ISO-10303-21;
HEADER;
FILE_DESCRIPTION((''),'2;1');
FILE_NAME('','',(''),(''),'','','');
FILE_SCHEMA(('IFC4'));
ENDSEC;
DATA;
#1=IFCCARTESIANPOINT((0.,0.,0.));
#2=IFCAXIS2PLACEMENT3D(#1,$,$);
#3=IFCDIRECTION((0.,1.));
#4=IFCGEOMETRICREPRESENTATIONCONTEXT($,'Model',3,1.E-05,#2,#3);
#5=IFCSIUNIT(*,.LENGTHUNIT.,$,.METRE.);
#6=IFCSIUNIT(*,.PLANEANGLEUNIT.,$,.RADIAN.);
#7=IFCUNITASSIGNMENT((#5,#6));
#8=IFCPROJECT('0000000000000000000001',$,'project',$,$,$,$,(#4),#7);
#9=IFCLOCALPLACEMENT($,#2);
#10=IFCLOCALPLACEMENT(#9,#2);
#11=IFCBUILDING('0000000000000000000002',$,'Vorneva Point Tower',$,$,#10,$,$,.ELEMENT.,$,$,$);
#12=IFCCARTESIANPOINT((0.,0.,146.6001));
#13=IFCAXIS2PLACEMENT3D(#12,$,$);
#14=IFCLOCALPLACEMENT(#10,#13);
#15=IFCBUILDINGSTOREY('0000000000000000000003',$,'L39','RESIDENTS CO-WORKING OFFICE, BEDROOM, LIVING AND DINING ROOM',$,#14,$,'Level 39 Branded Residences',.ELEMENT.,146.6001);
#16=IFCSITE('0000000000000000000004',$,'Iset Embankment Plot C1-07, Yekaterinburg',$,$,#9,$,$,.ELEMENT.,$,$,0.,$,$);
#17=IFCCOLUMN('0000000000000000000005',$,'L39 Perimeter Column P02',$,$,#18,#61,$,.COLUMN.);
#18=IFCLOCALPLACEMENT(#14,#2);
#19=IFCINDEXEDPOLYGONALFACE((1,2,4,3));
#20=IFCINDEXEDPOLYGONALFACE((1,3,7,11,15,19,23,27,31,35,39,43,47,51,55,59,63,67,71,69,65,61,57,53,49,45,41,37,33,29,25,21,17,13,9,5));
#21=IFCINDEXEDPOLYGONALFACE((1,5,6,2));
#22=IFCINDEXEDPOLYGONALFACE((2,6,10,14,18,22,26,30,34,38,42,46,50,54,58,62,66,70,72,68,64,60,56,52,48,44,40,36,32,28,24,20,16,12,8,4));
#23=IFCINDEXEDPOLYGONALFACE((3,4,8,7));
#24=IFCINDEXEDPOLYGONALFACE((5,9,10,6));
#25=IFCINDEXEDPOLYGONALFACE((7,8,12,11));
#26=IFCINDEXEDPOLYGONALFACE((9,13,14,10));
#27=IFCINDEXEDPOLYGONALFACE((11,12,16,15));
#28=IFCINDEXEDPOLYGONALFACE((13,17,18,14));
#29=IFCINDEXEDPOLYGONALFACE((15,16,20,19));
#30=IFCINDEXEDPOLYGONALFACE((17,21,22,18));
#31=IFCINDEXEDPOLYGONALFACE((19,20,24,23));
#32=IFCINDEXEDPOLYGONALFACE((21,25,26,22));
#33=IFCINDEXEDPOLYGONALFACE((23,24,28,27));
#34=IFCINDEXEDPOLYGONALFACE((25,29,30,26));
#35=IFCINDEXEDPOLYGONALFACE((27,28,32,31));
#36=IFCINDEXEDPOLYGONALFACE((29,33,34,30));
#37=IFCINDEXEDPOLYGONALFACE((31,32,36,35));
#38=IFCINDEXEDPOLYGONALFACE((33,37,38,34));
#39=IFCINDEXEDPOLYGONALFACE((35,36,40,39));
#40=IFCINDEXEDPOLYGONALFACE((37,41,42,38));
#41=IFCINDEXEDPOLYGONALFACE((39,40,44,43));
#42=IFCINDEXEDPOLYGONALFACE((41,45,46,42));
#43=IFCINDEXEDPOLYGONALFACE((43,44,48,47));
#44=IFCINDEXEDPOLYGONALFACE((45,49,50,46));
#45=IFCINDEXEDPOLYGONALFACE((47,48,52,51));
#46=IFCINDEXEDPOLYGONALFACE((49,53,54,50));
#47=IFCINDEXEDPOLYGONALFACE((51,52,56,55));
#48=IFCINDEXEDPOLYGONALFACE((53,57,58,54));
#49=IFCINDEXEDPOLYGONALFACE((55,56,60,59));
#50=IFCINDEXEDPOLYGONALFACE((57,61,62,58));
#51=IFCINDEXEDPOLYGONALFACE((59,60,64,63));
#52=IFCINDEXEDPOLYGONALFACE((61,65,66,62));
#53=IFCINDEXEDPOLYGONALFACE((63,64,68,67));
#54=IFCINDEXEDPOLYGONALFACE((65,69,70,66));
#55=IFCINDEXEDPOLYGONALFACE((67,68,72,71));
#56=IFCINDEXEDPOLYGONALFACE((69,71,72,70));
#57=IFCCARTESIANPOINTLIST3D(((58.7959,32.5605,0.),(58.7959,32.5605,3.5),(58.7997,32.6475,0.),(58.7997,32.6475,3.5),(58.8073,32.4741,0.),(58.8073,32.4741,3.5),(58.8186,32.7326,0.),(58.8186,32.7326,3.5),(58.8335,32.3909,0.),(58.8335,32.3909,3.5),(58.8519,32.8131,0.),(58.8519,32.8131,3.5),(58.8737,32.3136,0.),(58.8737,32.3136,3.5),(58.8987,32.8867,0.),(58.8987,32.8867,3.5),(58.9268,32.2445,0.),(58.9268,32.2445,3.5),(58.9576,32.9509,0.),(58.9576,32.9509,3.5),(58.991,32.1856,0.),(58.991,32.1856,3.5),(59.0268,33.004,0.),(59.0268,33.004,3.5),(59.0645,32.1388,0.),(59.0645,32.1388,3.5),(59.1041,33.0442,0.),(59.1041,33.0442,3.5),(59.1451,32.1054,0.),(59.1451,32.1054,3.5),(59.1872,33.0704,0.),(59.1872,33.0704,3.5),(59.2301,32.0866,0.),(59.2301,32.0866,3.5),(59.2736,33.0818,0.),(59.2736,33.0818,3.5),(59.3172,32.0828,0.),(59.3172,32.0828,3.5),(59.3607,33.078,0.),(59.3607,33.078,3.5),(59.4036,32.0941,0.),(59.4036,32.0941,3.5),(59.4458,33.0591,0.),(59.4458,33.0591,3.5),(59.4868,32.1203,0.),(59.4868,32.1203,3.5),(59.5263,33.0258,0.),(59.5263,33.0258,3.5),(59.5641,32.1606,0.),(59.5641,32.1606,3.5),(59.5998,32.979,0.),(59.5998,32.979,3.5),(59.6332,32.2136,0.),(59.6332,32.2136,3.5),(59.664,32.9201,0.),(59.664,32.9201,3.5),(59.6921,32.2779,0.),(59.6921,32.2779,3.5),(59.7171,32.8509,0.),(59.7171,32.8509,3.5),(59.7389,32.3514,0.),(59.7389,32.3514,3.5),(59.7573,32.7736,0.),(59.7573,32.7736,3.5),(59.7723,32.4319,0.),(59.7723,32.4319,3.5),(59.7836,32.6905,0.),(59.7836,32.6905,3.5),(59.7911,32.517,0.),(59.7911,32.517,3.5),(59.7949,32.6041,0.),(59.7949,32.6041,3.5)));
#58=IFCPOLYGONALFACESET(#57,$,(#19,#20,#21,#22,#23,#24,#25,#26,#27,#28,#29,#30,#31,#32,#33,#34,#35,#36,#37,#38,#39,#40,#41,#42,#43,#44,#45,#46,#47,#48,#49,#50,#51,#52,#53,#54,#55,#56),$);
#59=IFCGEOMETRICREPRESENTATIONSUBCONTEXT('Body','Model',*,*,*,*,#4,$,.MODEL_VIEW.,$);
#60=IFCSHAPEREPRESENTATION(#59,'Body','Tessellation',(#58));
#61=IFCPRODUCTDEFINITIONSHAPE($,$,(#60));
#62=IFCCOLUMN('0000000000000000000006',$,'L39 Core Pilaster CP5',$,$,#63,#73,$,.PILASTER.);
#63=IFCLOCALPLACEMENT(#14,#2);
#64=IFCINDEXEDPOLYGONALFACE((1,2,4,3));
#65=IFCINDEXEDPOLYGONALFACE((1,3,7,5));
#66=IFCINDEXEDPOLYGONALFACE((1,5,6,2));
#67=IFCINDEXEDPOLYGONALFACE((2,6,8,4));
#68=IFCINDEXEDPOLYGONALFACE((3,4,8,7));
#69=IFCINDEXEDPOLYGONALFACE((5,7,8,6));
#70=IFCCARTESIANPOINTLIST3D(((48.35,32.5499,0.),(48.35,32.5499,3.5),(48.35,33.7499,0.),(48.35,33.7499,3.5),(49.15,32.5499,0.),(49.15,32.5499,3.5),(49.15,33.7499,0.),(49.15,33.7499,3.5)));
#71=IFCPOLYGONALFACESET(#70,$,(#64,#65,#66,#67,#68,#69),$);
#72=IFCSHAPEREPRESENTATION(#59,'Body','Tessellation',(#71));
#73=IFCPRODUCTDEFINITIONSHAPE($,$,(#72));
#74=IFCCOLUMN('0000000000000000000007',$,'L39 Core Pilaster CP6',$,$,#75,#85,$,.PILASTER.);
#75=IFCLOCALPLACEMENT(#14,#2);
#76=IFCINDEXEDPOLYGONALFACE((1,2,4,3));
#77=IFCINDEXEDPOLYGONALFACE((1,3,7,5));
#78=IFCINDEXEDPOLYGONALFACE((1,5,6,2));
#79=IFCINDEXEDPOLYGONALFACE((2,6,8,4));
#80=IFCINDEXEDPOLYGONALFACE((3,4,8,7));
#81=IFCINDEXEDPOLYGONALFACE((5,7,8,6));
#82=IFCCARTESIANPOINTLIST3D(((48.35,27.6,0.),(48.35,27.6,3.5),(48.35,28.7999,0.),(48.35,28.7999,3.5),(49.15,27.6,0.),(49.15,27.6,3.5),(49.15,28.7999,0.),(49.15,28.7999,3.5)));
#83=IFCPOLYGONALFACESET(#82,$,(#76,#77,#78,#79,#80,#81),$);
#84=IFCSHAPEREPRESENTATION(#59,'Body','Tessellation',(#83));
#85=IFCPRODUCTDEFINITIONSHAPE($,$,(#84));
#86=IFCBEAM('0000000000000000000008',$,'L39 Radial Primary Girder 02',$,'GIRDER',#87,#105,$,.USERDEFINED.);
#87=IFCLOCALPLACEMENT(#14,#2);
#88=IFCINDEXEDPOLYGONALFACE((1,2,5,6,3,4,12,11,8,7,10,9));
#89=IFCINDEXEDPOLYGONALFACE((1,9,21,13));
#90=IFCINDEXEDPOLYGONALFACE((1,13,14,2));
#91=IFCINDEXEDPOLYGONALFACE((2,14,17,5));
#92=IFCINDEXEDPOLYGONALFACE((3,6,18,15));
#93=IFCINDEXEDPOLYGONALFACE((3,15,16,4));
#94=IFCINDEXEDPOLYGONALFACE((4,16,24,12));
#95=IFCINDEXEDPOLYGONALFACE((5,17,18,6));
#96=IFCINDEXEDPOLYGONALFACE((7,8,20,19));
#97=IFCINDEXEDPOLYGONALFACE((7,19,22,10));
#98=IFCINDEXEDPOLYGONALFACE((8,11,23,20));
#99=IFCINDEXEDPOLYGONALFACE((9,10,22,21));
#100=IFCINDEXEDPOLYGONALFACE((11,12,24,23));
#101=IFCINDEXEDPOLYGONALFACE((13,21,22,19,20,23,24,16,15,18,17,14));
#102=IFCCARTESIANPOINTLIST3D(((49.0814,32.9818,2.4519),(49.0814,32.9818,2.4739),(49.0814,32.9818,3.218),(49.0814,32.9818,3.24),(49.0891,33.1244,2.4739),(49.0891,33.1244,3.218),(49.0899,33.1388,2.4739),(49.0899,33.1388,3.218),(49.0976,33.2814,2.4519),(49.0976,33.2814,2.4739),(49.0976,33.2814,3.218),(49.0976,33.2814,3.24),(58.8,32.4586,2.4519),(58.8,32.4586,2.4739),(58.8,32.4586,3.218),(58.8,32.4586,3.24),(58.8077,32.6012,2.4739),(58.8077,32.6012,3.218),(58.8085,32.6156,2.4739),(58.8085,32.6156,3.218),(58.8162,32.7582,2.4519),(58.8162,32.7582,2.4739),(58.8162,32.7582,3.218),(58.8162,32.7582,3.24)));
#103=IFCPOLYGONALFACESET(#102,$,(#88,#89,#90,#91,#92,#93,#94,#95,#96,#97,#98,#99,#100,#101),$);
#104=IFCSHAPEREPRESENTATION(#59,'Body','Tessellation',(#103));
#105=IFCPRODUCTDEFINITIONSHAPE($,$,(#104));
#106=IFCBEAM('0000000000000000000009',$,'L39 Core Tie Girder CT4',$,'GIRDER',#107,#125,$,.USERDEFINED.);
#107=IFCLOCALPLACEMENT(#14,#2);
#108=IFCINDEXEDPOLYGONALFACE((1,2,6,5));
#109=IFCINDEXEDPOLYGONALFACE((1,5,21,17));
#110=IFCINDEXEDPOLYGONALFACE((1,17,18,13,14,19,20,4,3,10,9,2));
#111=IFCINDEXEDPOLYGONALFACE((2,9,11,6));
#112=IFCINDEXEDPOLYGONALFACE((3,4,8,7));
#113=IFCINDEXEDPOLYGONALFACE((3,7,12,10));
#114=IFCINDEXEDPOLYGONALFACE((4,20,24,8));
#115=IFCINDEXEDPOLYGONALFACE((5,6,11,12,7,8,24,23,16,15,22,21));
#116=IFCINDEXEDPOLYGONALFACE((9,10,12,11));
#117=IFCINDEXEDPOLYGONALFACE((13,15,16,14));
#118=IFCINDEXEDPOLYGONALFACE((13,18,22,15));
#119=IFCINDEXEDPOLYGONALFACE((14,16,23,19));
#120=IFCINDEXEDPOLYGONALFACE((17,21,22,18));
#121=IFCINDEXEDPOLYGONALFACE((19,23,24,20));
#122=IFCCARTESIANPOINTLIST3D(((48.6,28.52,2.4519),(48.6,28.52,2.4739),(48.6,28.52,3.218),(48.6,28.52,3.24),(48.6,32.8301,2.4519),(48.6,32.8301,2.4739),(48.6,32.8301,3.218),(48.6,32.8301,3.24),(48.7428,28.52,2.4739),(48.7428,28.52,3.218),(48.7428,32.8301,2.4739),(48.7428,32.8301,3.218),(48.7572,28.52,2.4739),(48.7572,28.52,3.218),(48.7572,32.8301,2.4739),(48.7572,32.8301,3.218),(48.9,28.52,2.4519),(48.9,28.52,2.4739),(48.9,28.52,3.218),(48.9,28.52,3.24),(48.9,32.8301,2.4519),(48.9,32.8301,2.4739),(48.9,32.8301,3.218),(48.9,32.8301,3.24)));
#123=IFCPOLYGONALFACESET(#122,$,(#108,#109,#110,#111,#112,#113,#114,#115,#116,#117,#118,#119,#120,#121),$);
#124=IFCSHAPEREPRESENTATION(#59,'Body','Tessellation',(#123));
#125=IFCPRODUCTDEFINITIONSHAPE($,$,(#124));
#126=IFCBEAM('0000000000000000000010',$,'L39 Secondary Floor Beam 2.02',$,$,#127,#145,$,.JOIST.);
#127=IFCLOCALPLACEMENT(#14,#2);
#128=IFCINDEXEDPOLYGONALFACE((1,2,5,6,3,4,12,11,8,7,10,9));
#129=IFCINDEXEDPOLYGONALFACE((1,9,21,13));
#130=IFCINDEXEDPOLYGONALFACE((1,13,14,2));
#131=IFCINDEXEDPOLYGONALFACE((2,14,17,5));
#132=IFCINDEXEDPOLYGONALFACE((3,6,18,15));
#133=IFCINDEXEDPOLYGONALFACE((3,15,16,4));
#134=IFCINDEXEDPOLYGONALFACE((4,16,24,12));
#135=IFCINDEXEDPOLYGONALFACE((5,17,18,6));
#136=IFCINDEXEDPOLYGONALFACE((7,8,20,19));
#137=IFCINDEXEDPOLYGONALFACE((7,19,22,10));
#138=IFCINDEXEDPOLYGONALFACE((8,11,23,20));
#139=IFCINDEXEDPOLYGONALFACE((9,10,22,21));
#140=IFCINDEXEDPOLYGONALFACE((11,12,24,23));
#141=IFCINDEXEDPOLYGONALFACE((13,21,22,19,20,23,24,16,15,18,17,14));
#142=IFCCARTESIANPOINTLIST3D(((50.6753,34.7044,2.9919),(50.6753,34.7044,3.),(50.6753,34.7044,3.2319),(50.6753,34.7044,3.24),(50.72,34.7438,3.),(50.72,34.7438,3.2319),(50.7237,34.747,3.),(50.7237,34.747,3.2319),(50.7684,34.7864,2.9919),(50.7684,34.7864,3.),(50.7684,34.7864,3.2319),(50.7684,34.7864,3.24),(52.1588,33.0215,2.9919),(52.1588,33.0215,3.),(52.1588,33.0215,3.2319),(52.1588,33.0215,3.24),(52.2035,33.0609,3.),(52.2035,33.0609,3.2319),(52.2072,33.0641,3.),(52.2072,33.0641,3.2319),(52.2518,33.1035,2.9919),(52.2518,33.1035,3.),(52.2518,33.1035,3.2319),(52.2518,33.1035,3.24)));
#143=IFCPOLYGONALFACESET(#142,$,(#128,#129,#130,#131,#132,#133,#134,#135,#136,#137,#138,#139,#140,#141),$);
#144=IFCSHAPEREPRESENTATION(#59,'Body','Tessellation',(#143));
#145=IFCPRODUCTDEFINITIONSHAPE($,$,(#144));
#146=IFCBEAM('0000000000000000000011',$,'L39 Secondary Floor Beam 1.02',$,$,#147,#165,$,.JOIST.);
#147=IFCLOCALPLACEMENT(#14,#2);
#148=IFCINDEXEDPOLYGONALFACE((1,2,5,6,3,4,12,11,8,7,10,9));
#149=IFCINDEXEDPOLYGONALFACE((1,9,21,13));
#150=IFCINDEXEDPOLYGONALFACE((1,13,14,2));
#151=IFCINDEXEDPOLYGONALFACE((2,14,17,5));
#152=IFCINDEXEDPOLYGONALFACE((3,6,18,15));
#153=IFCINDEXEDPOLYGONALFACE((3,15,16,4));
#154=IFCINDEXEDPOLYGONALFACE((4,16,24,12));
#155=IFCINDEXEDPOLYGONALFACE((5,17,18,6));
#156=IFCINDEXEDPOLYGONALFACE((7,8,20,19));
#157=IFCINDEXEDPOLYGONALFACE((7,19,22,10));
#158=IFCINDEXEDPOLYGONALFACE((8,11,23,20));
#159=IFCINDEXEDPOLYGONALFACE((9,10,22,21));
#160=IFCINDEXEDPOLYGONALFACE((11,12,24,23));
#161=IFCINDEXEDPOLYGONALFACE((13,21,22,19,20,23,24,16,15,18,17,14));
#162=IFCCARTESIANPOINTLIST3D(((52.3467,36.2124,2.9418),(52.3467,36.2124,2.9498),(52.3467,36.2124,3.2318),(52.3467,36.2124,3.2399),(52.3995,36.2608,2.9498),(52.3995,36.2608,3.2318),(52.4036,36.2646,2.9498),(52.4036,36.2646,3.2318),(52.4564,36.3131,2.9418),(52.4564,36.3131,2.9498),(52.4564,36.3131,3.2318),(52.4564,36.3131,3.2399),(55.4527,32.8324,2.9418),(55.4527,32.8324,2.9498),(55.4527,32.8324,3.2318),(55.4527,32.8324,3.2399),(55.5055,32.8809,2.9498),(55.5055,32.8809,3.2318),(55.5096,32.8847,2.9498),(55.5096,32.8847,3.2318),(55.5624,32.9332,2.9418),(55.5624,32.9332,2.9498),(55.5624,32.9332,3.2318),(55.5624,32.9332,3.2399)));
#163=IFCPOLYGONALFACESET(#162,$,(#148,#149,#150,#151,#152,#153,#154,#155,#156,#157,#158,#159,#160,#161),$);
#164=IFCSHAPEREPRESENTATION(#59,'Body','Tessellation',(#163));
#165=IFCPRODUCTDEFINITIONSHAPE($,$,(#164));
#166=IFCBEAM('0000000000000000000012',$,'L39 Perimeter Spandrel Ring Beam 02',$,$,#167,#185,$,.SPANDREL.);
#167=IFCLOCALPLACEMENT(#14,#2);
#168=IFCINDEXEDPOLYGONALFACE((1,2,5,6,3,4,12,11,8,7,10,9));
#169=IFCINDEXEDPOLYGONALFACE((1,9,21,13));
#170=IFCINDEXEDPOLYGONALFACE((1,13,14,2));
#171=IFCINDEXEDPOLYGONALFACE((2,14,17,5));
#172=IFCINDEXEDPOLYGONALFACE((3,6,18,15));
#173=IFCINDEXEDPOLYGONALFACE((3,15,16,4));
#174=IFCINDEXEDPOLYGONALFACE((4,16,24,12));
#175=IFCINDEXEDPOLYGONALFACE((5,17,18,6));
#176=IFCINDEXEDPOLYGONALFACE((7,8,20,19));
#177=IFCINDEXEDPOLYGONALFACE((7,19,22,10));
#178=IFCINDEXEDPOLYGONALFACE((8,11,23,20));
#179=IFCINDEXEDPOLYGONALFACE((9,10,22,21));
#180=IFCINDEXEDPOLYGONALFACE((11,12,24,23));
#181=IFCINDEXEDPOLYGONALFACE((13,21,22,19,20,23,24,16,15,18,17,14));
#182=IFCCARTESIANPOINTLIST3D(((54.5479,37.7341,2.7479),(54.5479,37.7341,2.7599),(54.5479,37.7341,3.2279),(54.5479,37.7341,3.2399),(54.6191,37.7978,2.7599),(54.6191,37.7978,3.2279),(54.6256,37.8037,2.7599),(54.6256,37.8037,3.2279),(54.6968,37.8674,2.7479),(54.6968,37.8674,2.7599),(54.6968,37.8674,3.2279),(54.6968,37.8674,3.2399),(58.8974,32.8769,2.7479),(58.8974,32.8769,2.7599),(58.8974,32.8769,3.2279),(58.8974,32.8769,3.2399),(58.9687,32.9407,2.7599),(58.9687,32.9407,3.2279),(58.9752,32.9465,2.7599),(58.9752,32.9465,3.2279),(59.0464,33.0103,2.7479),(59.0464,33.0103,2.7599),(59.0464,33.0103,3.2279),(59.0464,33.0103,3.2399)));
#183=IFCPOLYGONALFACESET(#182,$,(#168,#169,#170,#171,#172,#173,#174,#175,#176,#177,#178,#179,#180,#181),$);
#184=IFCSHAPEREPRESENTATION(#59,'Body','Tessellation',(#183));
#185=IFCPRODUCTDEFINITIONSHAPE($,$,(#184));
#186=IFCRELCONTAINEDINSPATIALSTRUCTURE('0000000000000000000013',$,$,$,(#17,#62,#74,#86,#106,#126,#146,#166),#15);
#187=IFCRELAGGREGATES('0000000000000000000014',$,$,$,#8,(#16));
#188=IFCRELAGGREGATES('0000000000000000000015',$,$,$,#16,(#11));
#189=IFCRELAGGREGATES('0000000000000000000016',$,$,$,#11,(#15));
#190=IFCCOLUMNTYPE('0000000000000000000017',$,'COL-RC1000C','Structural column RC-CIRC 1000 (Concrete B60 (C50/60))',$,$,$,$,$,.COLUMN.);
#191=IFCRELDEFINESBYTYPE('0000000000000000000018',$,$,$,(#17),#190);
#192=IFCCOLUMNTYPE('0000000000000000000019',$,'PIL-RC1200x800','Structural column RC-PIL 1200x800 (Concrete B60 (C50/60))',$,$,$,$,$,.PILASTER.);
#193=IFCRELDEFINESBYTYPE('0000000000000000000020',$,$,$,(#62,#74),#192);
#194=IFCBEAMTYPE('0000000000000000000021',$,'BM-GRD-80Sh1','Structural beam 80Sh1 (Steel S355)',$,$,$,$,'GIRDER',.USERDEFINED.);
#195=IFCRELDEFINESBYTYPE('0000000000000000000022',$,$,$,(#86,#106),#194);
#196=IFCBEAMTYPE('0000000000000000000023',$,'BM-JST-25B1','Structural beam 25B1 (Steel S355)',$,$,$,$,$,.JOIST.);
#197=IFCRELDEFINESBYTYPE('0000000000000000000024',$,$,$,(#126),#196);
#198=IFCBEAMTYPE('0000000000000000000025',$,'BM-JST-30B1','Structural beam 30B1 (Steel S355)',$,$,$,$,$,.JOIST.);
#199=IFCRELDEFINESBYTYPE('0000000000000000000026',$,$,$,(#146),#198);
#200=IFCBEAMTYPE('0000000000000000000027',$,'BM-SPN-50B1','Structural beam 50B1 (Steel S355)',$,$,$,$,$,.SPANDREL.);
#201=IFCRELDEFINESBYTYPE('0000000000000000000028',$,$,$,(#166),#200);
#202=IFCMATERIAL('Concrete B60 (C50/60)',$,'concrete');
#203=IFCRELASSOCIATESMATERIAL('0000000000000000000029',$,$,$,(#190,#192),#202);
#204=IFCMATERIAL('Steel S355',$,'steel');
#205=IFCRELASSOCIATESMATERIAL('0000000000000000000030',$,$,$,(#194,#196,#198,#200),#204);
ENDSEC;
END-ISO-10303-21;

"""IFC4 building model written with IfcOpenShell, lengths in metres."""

from ifc_helpers import new_model, si_unit, direction, frame, origin, origin_2d, place, context, subcontext, project, spatial, rectangle, circle, i_section, extrude, material, material_profile, profile_set, type_object, element, save


model = new_model("IFC4")

# Units and contexts
model_context = context("Model", 3, precision=1e-05, world=origin(), true_north=direction((0.0, 1.0)))
body_context = subcontext(model_context, "Body", "Model", "MODEL_VIEW")
ifc_project = project(units=[si_unit("LENGTHUNIT", "METRE"), si_unit("PLANEANGLEUNIT", "RADIAN")], contexts=[model_context])

# Site, building, storey
site_placement = place(None, origin())
site = spatial("IfcSite", under=ifc_project, at=site_placement, Name="Iset Embankment Plot C1-07, Yekaterinburg", CompositionType="ELEMENT", RefElevation=0.0)
building_placement = place(site_placement, origin())
building = spatial("IfcBuilding", under=site, at=building_placement, Name="Vorneva Point Tower", CompositionType="ELEMENT")
storey_placement = place(building_placement, frame((0.0, 0.0, 146.6001)))
storey = spatial("IfcBuildingStorey", under=building, at=storey_placement, Name="L39", Description="RESIDENTS CO-WORKING OFFICE, BEDROOM, LIVING AND DINING ROOM", LongName="Level 39 Branded Residences", CompositionType="ELEMENT", Elevation=146.6001)

# Columns
ifc_material_1 = material(Name="Concrete B60 (C50/60)", Category="concrete")
ifc_material_profile_1 = material_profile(ifc_material_1, circle(Radius=0.5, at=origin_2d()), Name="RC-CIRC 1000")
ifc_profile_set_1 = profile_set([ifc_material_profile_1], Name="Concrete B60 (C50/60)")
column_type_1 = type_object("IfcColumnType", Name="COL-RC1000C", Description="Structural column RC-CIRC 1000 (Concrete B60 (C50/60))", PredefinedType="COLUMN", material=ifc_profile_set_1)
column_placement = place(storey_placement, frame((59.2954, 32.5823, 0.0), z_axis=(0.0, 0.0, 1.0), x_axis=(0.92388, 0.382683, 0.0)))
element("IfcColumn", 1, at=column_placement, inside=storey, type_object=column_type_1, Name="L39 Perimeter Column P02", PredefinedType="COLUMN", context=body_context, shape_type="SweptSolid", body=[
    extrude(circle(Radius=0.5, at=origin_2d()), origin(), (0.0, 0.0, 1.0), 3.5),
])
ifc_material_profile_2 = material_profile(ifc_material_1, rectangle(XDim=0.8, YDim=1.2, at=origin_2d()), Name="RC-PIL 1200x800")
ifc_profile_set_2 = profile_set([ifc_material_profile_2], Name="Concrete B60 (C50/60)")
column_type_2 = type_object("IfcColumnType", Name="PIL-RC1200x800", Description="Structural column RC-PIL 1200x800 (Concrete B60 (C50/60))", PredefinedType="PILASTER", material=ifc_profile_set_2)
for number, where, z_axis, x_axis, name in (
    (2, (48.75, 33.1499, 0.0), (0.0, 0.0, 1.0), (1.0, 0.0, 0.0), "L39 Core Pilaster CP5"),
    (3, (48.75, 28.2, 0.0), (0.0, 0.0, 1.0), (1.0, 0.0, 0.0), "L39 Core Pilaster CP6"),
):
    element("IfcColumn", number, at=place(storey_placement, frame(where, z_axis=z_axis, x_axis=x_axis)), inside=storey, type_object=column_type_2, Name=name, PredefinedType="PILASTER", context=body_context, shape_type="SweptSolid", body=[
        extrude(rectangle(XDim=0.8, YDim=1.2, at=origin_2d()), origin(), (0.0, 0.0, 1.0), 3.5),
    ])

# Beams
ifc_material_2 = material(Name="Steel S355", Category="steel")
ifc_material_profile_3 = material_profile(ifc_material_2, i_section(OverallWidth=0.3, OverallDepth=0.7881, WebThickness=0.0144, FlangeThickness=0.022, at=origin_2d()), Name="80Sh1")
ifc_profile_set_3 = profile_set([ifc_material_profile_3], Name="Steel S355")
beam_type_1 = type_object("IfcBeamType", Name="BM-GRD-80Sh1", Description="Structural beam 80Sh1 (Steel S355)", ElementType="GIRDER", PredefinedType="USERDEFINED", material=ifc_profile_set_3)
beam_1_placement = place(storey_placement, frame((58.8081, 32.6084, 2.8459), z_axis=(-0.998554, 0.053757, 0.0), x_axis=(-0.053757, -0.998554, 0.0)))
element("IfcBeam", 4, at=beam_1_placement, inside=storey, type_object=beam_type_1, Name="L39 Radial Primary Girder 02", ObjectType="GIRDER", PredefinedType="USERDEFINED", context=body_context, shape_type="SweptSolid", body=[
    extrude(i_section(OverallWidth=0.3, OverallDepth=0.7881, WebThickness=0.0144, FlangeThickness=0.022, at=origin_2d()), origin(), (0.0, 0.0, 1.0), 9.7327),
])
beam_2_placement = place(storey_placement, frame((48.75, 28.52, 2.8459), z_axis=(0.0, 1.0, 0.0), x_axis=(-1.0, 0.0, 0.0)))
element("IfcBeam", 5, at=beam_2_placement, inside=storey, type_object=beam_type_1, Name="L39 Core Tie Girder CT4", ObjectType="GIRDER", PredefinedType="USERDEFINED", context=body_context, shape_type="SweptSolid", body=[
    extrude(i_section(OverallWidth=0.3, OverallDepth=0.7881, WebThickness=0.0144, FlangeThickness=0.022, at=origin_2d()), origin(), (0.0, 0.0, 1.0), 4.3101),
])
ifc_material_profile_4 = material_profile(ifc_material_2, i_section(OverallWidth=0.124, OverallDepth=0.248, WebThickness=0.0049, FlangeThickness=0.0081, at=origin_2d()), Name="25B1")
ifc_profile_set_4 = profile_set([ifc_material_profile_4], Name="Steel S355")
beam_type_2 = type_object("IfcBeamType", Name="BM-JST-25B1", Description="Structural beam 25B1 (Steel S355)", PredefinedType="JOIST", material=ifc_profile_set_4)
beam_3_placement = place(storey_placement, frame((52.2053, 33.0625, 3.116), z_axis=(-0.661251, 0.750165, 0.0), x_axis=(-0.750165, -0.661251, 0.0)))
element("IfcBeam", 6, at=beam_3_placement, inside=storey, type_object=beam_type_2, Name="L39 Secondary Floor Beam 2.02", PredefinedType="JOIST", context=body_context, shape_type="SweptSolid", body=[
    extrude(i_section(OverallWidth=0.124, OverallDepth=0.248, WebThickness=0.0049, FlangeThickness=0.0081, at=origin_2d()), origin(), (0.0, 0.0, 1.0), 2.2434),
])
ifc_material_profile_5 = material_profile(ifc_material_2, i_section(OverallWidth=0.1489, OverallDepth=0.2981, WebThickness=0.0056, FlangeThickness=0.0081, at=origin_2d()), Name="30B1")
ifc_profile_set_5 = profile_set([ifc_material_profile_5], Name="Steel S355")
beam_type_3 = type_object("IfcBeamType", Name="BM-JST-30B1", Description="Structural beam 30B1 (Steel S355)", PredefinedType="JOIST", material=ifc_profile_set_5)
beam_4_placement = place(storey_placement, frame((55.5076, 32.8828, 3.0908), z_axis=(-0.676639, 0.736315, 0.0), x_axis=(-0.736315, -0.676639, 0.0)))
element("IfcBeam", 7, at=beam_4_placement, inside=storey, type_object=beam_type_3, Name="L39 Secondary Floor Beam 1.02", PredefinedType="JOIST", context=body_context, shape_type="SweptSolid", body=[
    extrude(i_section(OverallWidth=0.1489, OverallDepth=0.2981, WebThickness=0.0056, FlangeThickness=0.0081, at=origin_2d()), origin(), (0.0, 0.0, 1.0), 4.5903),
])
ifc_material_profile_6 = material_profile(ifc_material_2, i_section(OverallWidth=0.2, OverallDepth=0.4919, WebThickness=0.0088, FlangeThickness=0.012, at=origin_2d()), Name="50B1")
ifc_profile_set_6 = profile_set([ifc_material_profile_6], Name="Steel S355")
beam_type_4 = type_object("IfcBeamType", Name="BM-SPN-50B1", Description="Structural beam 50B1 (Steel S355)", PredefinedType="SPANDREL", material=ifc_profile_set_6)
beam_5_placement = place(storey_placement, frame((58.9719, 32.9436, 2.9939), z_axis=(-0.667111, 0.744958, 0.0), x_axis=(-0.744958, -0.667111, 0.0)))
element("IfcBeam", 8, at=beam_5_placement, inside=storey, type_object=beam_type_4, Name="L39 Perimeter Spandrel Ring Beam 02", PredefinedType="SPANDREL", context=body_context, shape_type="SweptSolid", body=[
    extrude(i_section(OverallWidth=0.2, OverallDepth=0.4919, WebThickness=0.0088, FlangeThickness=0.012, at=origin_2d()), origin(), (0.0, 0.0, 1.0), 6.52),
])

save(model, "model.ifc")
